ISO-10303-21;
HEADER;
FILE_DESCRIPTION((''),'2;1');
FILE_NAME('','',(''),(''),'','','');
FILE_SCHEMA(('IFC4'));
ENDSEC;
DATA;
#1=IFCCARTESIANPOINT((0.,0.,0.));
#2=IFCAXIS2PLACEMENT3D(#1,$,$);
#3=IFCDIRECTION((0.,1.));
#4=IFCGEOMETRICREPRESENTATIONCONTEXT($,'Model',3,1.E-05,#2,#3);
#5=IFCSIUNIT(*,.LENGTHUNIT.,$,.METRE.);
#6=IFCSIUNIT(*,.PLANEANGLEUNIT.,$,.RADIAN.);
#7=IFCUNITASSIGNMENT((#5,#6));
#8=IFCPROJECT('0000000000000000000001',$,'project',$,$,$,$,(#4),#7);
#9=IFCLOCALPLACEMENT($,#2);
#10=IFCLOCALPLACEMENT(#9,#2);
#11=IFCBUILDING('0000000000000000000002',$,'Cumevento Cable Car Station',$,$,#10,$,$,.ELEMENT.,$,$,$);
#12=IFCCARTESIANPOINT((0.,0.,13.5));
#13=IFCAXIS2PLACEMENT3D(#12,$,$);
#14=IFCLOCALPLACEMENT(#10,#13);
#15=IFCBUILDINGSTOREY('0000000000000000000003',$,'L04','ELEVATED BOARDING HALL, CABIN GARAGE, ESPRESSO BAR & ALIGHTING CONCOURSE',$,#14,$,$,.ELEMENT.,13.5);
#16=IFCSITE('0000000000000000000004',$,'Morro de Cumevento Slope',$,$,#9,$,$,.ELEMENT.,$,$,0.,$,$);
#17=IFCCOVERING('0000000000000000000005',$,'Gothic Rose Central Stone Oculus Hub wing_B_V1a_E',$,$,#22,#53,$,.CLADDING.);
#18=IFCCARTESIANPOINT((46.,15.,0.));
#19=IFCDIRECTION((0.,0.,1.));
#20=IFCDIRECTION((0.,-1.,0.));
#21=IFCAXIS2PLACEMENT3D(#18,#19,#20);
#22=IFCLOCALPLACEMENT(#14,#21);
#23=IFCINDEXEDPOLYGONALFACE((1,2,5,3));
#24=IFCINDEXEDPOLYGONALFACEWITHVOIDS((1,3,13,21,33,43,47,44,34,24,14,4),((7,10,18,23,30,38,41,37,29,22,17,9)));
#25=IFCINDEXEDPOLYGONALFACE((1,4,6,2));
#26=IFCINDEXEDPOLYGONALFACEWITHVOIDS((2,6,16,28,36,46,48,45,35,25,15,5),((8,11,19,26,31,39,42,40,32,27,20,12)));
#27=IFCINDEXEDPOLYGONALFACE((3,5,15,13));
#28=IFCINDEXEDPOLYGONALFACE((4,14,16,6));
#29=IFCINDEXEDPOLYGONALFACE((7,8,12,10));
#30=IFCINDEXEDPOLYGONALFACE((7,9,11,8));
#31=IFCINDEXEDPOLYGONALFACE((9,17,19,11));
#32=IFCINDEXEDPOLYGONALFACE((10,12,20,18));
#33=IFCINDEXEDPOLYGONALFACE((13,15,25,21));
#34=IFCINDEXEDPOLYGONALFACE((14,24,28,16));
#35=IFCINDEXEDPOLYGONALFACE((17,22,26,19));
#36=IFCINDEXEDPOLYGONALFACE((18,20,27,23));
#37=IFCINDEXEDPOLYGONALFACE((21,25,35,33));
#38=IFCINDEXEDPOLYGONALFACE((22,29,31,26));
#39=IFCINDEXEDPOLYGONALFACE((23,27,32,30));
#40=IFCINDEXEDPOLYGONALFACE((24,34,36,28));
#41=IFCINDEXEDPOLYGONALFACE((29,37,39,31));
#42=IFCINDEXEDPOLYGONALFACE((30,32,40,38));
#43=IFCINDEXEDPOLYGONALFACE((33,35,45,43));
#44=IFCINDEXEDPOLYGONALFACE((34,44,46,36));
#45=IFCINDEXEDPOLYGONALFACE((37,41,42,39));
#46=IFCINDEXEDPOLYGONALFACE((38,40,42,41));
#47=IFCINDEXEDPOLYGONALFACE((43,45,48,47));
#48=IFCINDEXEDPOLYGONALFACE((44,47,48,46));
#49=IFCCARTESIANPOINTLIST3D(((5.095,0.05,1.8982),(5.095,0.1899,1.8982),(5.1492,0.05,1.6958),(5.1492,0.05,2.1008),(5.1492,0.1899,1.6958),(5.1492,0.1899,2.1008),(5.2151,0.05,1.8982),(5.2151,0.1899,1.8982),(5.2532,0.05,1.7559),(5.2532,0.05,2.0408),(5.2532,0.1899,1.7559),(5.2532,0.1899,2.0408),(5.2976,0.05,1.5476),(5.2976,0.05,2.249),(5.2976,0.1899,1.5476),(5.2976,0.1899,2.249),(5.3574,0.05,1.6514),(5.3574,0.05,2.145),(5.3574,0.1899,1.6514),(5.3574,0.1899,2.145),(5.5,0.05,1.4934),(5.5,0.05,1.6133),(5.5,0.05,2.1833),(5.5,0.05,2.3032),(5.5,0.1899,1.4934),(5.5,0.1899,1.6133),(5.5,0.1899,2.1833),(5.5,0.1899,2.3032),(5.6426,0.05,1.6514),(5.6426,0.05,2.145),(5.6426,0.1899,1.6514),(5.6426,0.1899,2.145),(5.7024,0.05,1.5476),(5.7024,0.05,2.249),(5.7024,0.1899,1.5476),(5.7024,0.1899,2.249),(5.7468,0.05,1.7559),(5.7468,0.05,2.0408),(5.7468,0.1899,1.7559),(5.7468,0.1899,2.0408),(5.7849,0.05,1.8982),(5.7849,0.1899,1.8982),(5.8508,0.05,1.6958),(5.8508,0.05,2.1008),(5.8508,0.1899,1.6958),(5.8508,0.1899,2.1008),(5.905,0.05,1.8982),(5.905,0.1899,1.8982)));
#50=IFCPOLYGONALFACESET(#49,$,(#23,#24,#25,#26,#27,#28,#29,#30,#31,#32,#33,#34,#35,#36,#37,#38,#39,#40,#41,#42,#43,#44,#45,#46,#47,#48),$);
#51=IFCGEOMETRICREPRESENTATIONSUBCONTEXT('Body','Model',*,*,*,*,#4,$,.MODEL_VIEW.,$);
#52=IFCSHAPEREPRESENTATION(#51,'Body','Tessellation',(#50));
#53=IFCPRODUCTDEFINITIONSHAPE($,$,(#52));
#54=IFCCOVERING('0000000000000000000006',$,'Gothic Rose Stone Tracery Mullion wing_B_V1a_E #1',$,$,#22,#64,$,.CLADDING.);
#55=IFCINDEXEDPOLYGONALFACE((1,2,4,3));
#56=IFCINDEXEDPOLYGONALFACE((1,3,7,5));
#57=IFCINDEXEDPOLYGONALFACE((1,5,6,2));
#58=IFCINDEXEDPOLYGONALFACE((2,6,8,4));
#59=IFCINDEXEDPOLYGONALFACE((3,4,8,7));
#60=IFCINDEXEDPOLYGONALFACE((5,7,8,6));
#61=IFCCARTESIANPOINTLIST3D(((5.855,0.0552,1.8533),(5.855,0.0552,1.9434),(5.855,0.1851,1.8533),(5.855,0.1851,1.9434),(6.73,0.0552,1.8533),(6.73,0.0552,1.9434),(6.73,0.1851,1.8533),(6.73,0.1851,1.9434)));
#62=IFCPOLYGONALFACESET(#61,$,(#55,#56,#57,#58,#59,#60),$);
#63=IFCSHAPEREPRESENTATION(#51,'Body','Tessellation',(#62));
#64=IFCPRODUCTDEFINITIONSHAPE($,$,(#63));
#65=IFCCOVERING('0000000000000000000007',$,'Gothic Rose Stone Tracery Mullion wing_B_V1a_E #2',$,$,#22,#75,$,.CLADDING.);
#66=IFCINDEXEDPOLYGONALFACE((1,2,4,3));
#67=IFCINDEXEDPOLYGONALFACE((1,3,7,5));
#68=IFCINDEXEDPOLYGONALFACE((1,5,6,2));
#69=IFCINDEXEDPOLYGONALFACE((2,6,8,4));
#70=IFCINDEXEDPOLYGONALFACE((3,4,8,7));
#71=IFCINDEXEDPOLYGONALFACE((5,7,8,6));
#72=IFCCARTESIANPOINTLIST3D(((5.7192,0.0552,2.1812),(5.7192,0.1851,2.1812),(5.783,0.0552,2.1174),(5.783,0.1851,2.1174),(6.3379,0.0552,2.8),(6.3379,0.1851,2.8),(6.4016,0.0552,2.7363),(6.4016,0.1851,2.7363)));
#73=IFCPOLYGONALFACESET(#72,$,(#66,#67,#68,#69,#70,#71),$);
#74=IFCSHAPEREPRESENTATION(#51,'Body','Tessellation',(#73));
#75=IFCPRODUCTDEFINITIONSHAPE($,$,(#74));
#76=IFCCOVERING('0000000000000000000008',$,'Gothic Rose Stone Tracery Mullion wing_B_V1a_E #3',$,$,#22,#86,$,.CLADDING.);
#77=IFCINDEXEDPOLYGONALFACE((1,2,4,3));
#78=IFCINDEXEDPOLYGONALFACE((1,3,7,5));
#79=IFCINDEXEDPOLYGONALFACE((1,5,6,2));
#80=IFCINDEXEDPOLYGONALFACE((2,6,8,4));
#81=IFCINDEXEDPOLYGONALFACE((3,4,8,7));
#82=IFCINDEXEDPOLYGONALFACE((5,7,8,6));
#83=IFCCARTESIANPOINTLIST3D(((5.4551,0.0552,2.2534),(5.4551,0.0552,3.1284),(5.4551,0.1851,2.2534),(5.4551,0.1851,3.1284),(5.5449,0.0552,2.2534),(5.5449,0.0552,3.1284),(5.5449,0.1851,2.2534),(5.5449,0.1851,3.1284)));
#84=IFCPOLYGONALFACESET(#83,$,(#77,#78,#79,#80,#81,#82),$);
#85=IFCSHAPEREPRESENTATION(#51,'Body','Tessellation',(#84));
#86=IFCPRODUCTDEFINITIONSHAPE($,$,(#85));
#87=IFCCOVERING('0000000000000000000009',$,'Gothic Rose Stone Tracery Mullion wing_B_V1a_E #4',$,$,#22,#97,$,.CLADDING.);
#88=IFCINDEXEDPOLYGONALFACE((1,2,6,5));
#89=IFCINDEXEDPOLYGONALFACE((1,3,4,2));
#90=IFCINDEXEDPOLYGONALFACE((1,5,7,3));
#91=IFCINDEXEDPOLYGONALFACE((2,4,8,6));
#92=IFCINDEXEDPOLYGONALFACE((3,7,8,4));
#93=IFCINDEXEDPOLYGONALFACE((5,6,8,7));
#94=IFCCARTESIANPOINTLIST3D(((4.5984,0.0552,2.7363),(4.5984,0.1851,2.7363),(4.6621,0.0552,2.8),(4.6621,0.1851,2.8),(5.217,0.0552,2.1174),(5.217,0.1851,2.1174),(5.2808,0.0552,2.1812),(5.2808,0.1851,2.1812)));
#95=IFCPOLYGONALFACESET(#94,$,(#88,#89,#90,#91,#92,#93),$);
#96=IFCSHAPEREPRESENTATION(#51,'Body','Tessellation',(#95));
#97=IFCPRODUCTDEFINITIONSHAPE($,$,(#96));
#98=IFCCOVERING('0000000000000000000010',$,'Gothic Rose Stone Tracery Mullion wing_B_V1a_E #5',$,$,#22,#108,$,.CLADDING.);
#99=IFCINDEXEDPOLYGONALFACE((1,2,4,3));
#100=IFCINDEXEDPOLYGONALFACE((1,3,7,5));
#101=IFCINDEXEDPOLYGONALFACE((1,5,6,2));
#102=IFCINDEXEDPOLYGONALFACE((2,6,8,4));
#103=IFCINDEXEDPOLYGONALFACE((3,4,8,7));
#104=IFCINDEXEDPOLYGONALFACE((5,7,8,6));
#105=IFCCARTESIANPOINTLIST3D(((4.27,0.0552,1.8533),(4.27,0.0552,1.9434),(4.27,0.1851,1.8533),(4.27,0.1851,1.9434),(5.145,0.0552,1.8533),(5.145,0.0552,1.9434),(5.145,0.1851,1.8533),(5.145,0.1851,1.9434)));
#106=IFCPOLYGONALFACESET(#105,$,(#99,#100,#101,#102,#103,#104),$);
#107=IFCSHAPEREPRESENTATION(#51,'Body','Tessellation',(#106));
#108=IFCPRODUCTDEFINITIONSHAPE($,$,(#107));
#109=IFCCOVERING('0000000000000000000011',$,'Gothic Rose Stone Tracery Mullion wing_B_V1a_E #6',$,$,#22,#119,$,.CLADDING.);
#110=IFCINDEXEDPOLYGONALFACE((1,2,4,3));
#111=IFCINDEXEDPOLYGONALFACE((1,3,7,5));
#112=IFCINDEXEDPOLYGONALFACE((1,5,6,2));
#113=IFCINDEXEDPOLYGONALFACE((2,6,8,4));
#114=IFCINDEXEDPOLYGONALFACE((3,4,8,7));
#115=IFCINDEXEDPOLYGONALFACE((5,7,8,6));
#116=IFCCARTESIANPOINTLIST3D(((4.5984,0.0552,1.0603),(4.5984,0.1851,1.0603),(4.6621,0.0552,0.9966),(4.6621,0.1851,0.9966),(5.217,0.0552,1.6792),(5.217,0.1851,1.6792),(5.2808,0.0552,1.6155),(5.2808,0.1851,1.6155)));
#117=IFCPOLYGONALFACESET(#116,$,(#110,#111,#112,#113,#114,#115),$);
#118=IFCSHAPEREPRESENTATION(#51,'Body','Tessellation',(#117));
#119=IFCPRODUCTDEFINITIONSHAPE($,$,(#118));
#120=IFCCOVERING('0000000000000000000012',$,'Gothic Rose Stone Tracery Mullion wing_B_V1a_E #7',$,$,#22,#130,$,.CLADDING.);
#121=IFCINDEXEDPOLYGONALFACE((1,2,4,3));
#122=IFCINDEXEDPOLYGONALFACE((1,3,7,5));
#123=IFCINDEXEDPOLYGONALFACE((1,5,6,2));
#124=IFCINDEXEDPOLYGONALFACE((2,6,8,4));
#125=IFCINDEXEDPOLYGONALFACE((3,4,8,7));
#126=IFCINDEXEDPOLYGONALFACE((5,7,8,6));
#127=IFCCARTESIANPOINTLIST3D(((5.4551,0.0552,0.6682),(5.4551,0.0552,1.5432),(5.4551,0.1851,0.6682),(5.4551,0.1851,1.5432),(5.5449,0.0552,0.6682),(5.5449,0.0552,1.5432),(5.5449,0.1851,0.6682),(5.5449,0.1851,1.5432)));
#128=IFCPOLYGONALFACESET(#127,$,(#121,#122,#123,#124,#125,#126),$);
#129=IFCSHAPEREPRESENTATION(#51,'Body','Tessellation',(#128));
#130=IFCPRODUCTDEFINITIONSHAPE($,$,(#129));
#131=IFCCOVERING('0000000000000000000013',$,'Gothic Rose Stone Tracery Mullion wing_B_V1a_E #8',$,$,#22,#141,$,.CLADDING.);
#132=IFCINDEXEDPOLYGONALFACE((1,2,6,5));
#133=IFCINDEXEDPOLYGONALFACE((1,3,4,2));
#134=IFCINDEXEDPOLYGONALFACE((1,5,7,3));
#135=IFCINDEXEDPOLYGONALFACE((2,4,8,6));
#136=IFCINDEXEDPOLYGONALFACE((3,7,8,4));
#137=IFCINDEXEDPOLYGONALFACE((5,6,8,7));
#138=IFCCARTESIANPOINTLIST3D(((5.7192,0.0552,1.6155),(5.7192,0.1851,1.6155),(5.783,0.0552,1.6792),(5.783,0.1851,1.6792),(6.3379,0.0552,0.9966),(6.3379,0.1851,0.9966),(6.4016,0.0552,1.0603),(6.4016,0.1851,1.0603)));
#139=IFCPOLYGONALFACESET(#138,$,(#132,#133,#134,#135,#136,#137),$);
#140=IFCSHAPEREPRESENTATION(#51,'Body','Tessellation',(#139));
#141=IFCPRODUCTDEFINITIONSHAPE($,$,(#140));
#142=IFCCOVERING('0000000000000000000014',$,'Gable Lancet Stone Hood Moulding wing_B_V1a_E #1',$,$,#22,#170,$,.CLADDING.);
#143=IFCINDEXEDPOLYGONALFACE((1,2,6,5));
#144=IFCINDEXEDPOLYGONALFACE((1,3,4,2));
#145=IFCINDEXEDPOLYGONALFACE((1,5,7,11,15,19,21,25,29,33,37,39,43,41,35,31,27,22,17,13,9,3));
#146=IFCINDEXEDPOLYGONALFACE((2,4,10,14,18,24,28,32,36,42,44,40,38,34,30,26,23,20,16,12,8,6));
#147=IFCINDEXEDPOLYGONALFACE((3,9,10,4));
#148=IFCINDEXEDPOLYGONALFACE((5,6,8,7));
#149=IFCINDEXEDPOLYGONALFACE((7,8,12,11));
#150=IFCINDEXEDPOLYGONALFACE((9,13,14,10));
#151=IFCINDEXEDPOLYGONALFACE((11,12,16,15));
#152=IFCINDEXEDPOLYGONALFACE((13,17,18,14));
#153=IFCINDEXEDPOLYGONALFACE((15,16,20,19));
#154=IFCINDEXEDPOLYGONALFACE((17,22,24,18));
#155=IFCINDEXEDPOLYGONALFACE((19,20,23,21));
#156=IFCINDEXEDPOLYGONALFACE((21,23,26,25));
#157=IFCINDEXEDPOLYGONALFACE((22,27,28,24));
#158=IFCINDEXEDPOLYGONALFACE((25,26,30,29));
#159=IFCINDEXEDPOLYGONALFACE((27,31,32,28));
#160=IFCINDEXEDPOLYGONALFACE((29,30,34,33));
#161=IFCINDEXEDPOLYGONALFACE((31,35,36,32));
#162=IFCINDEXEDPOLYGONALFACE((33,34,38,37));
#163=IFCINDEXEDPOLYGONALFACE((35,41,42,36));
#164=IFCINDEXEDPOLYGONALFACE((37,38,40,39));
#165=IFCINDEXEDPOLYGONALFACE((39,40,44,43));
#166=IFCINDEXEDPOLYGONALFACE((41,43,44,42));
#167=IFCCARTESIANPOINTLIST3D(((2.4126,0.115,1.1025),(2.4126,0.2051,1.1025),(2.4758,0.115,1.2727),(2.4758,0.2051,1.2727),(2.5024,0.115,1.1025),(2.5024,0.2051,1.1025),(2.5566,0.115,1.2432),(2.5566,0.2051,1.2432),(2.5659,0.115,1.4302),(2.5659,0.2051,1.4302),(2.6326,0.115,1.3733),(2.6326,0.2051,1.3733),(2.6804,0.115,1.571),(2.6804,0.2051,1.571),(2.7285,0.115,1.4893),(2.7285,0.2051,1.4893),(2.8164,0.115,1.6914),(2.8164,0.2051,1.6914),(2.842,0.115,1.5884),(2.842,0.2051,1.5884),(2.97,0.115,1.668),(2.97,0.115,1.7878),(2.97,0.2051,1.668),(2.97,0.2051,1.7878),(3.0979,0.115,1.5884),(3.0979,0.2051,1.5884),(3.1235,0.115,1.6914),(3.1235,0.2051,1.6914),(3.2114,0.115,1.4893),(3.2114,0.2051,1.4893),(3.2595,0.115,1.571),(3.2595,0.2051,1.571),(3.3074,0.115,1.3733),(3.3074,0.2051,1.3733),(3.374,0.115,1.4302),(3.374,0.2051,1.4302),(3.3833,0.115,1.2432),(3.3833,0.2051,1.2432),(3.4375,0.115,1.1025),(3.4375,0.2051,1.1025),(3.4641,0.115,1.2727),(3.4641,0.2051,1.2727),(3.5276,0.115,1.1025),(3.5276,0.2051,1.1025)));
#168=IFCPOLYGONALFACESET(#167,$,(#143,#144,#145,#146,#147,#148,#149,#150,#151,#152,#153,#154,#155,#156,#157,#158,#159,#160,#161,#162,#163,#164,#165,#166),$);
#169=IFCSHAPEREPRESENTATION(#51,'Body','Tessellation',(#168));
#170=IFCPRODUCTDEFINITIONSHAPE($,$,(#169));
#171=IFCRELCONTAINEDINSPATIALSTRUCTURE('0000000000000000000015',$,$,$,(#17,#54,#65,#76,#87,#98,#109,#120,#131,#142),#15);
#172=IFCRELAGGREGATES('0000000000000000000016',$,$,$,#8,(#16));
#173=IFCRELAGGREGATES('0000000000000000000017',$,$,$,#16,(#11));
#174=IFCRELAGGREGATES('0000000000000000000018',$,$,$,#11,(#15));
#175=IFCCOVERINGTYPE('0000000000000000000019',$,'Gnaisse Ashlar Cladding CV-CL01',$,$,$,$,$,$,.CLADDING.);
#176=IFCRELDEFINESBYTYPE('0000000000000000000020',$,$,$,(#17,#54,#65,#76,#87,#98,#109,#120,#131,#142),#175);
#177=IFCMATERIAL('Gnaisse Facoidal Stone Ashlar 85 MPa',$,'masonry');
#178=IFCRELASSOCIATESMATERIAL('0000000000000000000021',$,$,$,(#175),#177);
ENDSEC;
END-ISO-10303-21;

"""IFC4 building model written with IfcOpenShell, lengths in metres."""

from ifc_helpers import new_model, si_unit, direction, frame, origin, place, context, subcontext, project, spatial, polyline, outline, extrude, material, type_object, element, save


model = new_model("IFC4")

# Units and contexts
model_context = context("Model", 3, precision=1e-05, world=origin(), true_north=direction((0.0, 1.0)))
body_context = subcontext(model_context, "Body", "Model", "MODEL_VIEW")
ifc_project = project(units=[si_unit("LENGTHUNIT", "METRE"), si_unit("PLANEANGLEUNIT", "RADIAN")], contexts=[model_context])

# Site, building, storey
site_placement = place(None, origin())
site = spatial("IfcSite", under=ifc_project, at=site_placement, Name="Morro de Cumevento Slope", CompositionType="ELEMENT", RefElevation=0.0)
building_placement = place(site_placement, origin())
building = spatial("IfcBuilding", under=site, at=building_placement, Name="Cumevento Cable Car Station", CompositionType="ELEMENT")
storey_placement = place(building_placement, frame((0.0, 0.0, 13.5)))
storey = spatial("IfcBuildingStorey", under=building, at=storey_placement, Name="L04", Description="ELEVATED BOARDING HALL, CABIN GARAGE, ESPRESSO BAR & ALIGHTING CONCOURSE", CompositionType="ELEMENT", Elevation=13.5)

# Coverings
ifc_material_1 = material(Name="Gnaisse Facoidal Stone Ashlar 85 MPa", Category="masonry")
covering_type = type_object("IfcCoveringType", Name="Gnaisse Ashlar Cladding CV-CL01", PredefinedType="CLADDING", material=ifc_material_1)
placement = place(storey_placement, frame((46.0, 15.0, 0.0), z_axis=(0.0, 0.0, 1.0), x_axis=(0.0, -1.0, 0.0)))
element("IfcCovering", 1, at=placement, inside=storey, type_object=covering_type, Name="Gothic Rose Central Stone Oculus Hub wing_B_V1a_E", PredefinedType="CLADDING", context=body_context, shape_type="SweptSolid", body=[
    extrude(outline(polyline([(5.905, 1.8982), (5.8508, 2.1008), (5.7024, 2.249), (5.5, 2.3032), (5.2976, 2.249), (5.1492, 2.1008), (5.095, 1.8982), (5.1492, 1.6958), (5.2976, 1.5476), (5.5, 1.4934), (5.7024, 1.5476), (5.8508, 1.6958), (5.905, 1.8982)]), holes=[polyline([(5.7849, 1.8982), (5.7468, 2.0408), (5.6426, 2.145), (5.5, 2.1833), (5.3574, 2.145), (5.2532, 2.0408), (5.2151, 1.8982), (5.2532, 1.7559), (5.3574, 1.6514), (5.5, 1.6133), (5.6426, 1.6514), (5.7468, 1.7559), (5.7849, 1.8982)])]), frame((0.0, 0.1899, 0.0), z_axis=(0.0, -1.0, 0.0), x_axis=(1.0, 0.0, 0.0)), (0.0, 0.0, 1.0), 0.1399),
])
element("IfcCovering", 2, at=placement, inside=storey, type_object=covering_type, Name="Gothic Rose Stone Tracery Mullion wing_B_V1a_E #1", PredefinedType="CLADDING", context=body_context, shape_type="SweptSolid", body=[
    extrude(outline(polyline([(5.855, 1.9434), (6.73, 1.9434), (6.73, 1.8533), (5.855, 1.8533), (5.855, 1.9434)])), frame((0.0, 0.1851, 0.0), z_axis=(0.0, -1.0, 0.0), x_axis=(1.0, 0.0, 0.0)), (0.0, 0.0, 1.0), 0.1299),
])
element("IfcCovering", 3, at=placement, inside=storey, type_object=covering_type, Name="Gothic Rose Stone Tracery Mullion wing_B_V1a_E #2", PredefinedType="CLADDING", context=body_context, shape_type="SweptSolid", body=[
    extrude(outline(polyline([(5.7192, 2.1812), (6.3379, 2.8), (6.4016, 2.7363), (5.783, 2.1174), (5.7192, 2.1812)])), frame((0.0, 0.1851, 0.0), z_axis=(0.0, -1.0, 0.0), x_axis=(1.0, 0.0, 0.0)), (0.0, 0.0, 1.0), 0.1299),
])
element("IfcCovering", 4, at=placement, inside=storey, type_object=covering_type, Name="Gothic Rose Stone Tracery Mullion wing_B_V1a_E #3", PredefinedType="CLADDING", context=body_context, shape_type="SweptSolid", body=[
    extrude(outline(polyline([(5.4551, 2.2534), (5.4551, 3.1284), (5.5449, 3.1284), (5.5449, 2.2534), (5.4551, 2.2534)])), frame((0.0, 0.1851, 0.0), z_axis=(0.0, -1.0, 0.0), x_axis=(1.0, 0.0, 0.0)), (0.0, 0.0, 1.0), 0.1299),
])
element("IfcCovering", 5, at=placement, inside=storey, type_object=covering_type, Name="Gothic Rose Stone Tracery Mullion wing_B_V1a_E #4", PredefinedType="CLADDING", context=body_context, shape_type="SweptSolid", body=[
    extrude(outline(polyline([(5.217, 2.1174), (4.5984, 2.7363), (4.6621, 2.8), (5.2808, 2.1812), (5.217, 2.1174)])), frame((0.0, 0.1851, 0.0), z_axis=(0.0, -1.0, 0.0), x_axis=(1.0, 0.0, 0.0)), (0.0, 0.0, 1.0), 0.1299),
])
element("IfcCovering", 6, at=placement, inside=storey, type_object=covering_type, Name="Gothic Rose Stone Tracery Mullion wing_B_V1a_E #5", PredefinedType="CLADDING", context=body_context, shape_type="SweptSolid", body=[
    extrude(outline(polyline([(5.145, 1.8533), (4.27, 1.8533), (4.27, 1.9434), (5.145, 1.9434), (5.145, 1.8533)])), frame((0.0, 0.1851, 0.0), z_axis=(0.0, -1.0, 0.0), x_axis=(1.0, 0.0, 0.0)), (0.0, 0.0, 1.0), 0.1299),
])
element("IfcCovering", 7, at=placement, inside=storey, type_object=covering_type, Name="Gothic Rose Stone Tracery Mullion wing_B_V1a_E #6", PredefinedType="CLADDING", context=body_context, shape_type="SweptSolid", body=[
    extrude(outline(polyline([(5.2808, 1.6155), (4.6621, 0.9966), (4.5984, 1.0603), (5.217, 1.6792), (5.2808, 1.6155)])), frame((0.0, 0.1851, 0.0), z_axis=(0.0, -1.0, 0.0), x_axis=(1.0, 0.0, 0.0)), (0.0, 0.0, 1.0), 0.1299),
])
element("IfcCovering", 8, at=placement, inside=storey, type_object=covering_type, Name="Gothic Rose Stone Tracery Mullion wing_B_V1a_E #7", PredefinedType="CLADDING", context=body_context, shape_type="SweptSolid", body=[
    extrude(outline(polyline([(5.5449, 1.5432), (5.5449, 0.6682), (5.4551, 0.6682), (5.4551, 1.5432), (5.5449, 1.5432)])), frame((0.0, 0.1851, 0.0), z_axis=(0.0, -1.0, 0.0), x_axis=(1.0, 0.0, 0.0)), (0.0, 0.0, 1.0), 0.1299),
])
element("IfcCovering", 9, at=placement, inside=storey, type_object=covering_type, Name="Gothic Rose Stone Tracery Mullion wing_B_V1a_E #8", PredefinedType="CLADDING", context=body_context, shape_type="SweptSolid", body=[
    extrude(outline(polyline([(5.783, 1.6792), (6.4016, 1.0603), (6.3379, 0.9966), (5.7192, 1.6155), (5.783, 1.6792)])), frame((0.0, 0.1851, 0.0), z_axis=(0.0, -1.0, 0.0), x_axis=(1.0, 0.0, 0.0)), (0.0, 0.0, 1.0), 0.1299),
])
element("IfcCovering", 10, at=placement, inside=storey, type_object=covering_type, Name="Gable Lancet Stone Hood Moulding wing_B_V1a_E #1", PredefinedType="CLADDING", context=body_context, shape_type="SweptSolid", body=[
    extrude(outline(polyline([(2.5024, 1.1025), (2.5566, 1.2432), (2.6326, 1.3733), (2.7285, 1.4893), (2.842, 1.5884), (2.97, 1.668), (3.0979, 1.5884), (3.2114, 1.4893), (3.3074, 1.3733), (3.3833, 1.2432), (3.4375, 1.1025), (3.5276, 1.1025), (3.4641, 1.2727), (3.374, 1.4302), (3.2595, 1.571), (3.1235, 1.6914), (2.97, 1.7878), (2.8164, 1.6914), (2.6804, 1.571), (2.5659, 1.4302), (2.4758, 1.2727), (2.4126, 1.1025), (2.5024, 1.1025)])), frame((0.0, 0.2051, 0.0), z_axis=(0.0, -1.0, 0.0), x_axis=(1.0, 0.0, 0.0)), (0.0, 0.0, 1.0), 0.0901),
])

save(model, "model.ifc")
